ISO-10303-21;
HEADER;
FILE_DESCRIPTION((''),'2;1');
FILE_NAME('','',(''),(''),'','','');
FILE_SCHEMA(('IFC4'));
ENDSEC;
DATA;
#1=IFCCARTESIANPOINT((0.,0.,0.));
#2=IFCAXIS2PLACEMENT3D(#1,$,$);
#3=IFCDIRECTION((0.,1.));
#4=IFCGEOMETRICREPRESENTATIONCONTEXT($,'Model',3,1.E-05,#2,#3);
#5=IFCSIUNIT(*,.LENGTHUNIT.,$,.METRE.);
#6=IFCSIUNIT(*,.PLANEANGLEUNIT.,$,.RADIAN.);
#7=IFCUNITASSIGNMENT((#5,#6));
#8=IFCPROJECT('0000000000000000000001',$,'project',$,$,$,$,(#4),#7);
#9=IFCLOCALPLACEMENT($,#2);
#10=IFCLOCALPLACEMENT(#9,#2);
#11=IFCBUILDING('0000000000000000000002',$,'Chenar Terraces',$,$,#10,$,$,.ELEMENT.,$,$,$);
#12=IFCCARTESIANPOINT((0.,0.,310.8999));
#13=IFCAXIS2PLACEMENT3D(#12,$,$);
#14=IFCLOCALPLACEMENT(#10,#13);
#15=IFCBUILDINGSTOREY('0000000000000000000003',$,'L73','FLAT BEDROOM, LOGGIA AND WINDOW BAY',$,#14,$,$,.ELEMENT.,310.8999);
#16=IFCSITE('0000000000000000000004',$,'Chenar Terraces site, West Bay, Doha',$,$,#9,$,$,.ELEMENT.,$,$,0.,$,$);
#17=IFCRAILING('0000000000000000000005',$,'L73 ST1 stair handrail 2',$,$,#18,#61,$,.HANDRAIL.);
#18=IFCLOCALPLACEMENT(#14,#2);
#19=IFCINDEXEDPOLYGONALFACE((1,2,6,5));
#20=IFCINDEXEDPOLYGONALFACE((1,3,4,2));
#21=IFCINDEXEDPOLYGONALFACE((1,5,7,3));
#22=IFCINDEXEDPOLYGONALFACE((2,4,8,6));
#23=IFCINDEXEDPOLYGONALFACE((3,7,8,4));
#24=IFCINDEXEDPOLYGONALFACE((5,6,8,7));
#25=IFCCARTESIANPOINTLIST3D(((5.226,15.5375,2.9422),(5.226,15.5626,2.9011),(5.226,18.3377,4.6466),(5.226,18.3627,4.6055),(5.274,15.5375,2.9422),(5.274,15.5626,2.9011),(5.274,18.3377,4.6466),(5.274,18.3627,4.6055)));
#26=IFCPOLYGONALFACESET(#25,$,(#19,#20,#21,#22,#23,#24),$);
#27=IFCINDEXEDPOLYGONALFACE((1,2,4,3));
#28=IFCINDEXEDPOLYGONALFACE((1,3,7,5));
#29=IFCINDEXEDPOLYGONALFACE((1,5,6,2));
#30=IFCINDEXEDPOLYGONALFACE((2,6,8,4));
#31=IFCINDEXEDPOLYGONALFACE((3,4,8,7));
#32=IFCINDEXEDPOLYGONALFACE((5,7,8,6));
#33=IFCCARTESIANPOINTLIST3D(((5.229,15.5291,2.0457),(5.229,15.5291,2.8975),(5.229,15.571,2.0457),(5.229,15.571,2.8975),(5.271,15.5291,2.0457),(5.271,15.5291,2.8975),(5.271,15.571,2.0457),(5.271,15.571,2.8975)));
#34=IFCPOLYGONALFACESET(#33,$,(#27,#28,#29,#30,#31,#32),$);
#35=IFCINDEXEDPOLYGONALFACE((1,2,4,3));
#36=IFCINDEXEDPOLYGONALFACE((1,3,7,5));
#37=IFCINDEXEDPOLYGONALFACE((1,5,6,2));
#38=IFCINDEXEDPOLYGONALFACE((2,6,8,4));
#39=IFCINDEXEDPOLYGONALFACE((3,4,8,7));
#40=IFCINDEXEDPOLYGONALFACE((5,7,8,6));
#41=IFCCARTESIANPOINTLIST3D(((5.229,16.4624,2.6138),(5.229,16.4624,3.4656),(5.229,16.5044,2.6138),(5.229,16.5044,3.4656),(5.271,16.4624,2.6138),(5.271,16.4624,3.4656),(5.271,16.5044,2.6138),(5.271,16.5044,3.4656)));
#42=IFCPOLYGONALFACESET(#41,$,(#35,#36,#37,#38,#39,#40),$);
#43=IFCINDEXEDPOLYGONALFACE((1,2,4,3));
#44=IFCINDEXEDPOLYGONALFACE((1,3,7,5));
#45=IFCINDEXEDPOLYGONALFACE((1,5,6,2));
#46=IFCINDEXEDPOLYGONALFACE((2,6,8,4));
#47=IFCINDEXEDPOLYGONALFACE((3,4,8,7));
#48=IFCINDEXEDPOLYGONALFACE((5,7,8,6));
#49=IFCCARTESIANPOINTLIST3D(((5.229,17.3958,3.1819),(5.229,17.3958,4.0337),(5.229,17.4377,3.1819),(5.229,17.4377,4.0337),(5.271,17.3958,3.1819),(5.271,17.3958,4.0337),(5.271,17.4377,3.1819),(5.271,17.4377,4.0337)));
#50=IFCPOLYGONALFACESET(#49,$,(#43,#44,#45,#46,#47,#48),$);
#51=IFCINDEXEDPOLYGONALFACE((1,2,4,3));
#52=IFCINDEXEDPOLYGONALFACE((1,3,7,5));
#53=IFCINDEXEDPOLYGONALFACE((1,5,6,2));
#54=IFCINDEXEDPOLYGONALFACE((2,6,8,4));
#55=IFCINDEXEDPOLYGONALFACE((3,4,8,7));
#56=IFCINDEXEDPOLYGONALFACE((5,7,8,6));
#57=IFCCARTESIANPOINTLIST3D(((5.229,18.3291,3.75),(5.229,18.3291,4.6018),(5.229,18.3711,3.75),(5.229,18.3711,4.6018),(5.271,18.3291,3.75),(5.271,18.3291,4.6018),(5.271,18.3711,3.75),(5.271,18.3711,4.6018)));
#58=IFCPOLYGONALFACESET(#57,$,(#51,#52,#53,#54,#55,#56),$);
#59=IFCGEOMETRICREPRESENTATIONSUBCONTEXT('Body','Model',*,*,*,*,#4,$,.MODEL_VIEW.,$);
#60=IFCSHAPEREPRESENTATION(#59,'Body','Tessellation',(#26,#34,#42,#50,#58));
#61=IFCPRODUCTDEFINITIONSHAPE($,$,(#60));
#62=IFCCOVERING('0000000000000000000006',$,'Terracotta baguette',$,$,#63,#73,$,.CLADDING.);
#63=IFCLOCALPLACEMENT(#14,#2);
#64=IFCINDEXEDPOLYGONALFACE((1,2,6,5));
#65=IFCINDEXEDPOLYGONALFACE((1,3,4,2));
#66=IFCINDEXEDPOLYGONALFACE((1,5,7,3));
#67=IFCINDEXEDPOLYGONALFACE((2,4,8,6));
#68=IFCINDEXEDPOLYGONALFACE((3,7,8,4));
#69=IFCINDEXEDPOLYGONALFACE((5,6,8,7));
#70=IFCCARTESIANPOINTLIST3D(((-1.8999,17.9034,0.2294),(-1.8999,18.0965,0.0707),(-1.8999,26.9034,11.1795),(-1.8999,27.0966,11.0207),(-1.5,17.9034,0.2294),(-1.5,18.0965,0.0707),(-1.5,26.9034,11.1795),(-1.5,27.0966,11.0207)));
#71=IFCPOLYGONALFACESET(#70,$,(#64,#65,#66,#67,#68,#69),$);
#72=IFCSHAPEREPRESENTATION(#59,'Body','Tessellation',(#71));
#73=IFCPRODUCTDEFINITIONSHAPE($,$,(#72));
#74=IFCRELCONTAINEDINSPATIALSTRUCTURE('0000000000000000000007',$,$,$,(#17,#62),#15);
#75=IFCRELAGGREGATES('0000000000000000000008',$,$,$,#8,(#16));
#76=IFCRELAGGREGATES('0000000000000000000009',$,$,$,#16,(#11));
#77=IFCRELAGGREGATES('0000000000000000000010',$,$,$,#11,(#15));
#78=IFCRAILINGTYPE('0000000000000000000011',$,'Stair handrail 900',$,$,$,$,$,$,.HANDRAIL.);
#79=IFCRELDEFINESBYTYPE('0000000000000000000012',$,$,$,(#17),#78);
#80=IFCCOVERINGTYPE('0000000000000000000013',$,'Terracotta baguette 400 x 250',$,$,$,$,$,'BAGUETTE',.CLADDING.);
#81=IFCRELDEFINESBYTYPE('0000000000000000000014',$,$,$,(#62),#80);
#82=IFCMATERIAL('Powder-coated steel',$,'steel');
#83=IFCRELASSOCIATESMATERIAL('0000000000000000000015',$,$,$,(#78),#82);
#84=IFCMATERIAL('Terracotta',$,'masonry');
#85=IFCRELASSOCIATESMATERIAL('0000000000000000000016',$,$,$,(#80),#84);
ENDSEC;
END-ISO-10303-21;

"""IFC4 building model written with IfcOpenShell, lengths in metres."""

from ifc_helpers import new_model, si_unit, direction, frame, origin, origin_2d, place, context, subcontext, project, spatial, rectangle, extrude, material, material_profile, profile_set, type_object, element, save


model = new_model("IFC4")

# Units and contexts
model_context = context("Model", 3, precision=1e-05, world=origin(), true_north=direction((0.0, 1.0)))
body_context = subcontext(model_context, "Body", "Model", "MODEL_VIEW")
ifc_project = project(units=[si_unit("LENGTHUNIT", "METRE"), si_unit("PLANEANGLEUNIT", "RADIAN")], contexts=[model_context])

# Site, building, storey
site_placement = place(None, origin())
site = spatial("IfcSite", under=ifc_project, at=site_placement, Name="Chenar Terraces site, West Bay, Doha", CompositionType="ELEMENT", RefElevation=0.0)
building_placement = place(site_placement, origin())
building = spatial("IfcBuilding", under=site, at=building_placement, Name="Chenar Terraces", CompositionType="ELEMENT")
storey_placement = place(building_placement, frame((0.0, 0.0, 310.8999)))
storey = spatial("IfcBuildingStorey", under=building, at=storey_placement, Name="L73", Description="FLAT BEDROOM, LOGGIA AND WINDOW BAY", CompositionType="ELEMENT", Elevation=310.8999)

# Railing
ifc_material_1 = material(Name="Powder-coated steel", Category="steel")
railing_type_1 = type_object("IfcRailingType", Name="Stair handrail 900", PredefinedType="HANDRAIL", material=ifc_material_1)
railing_1_placement = place(storey_placement, frame((5.25, 15.55, 2.0457)))
element("IfcRailing", 1, at=railing_1_placement, inside=storey, type_object=railing_type_1, Name="L73 ST1 stair handrail 2", PredefinedType="HANDRAIL", context=body_context, shape_type="SweptSolid", body=[
    extrude(rectangle(XDim=0.0481, YDim=0.0481, at=origin_2d()), frame((0.0, 0.0, 0.876), z_axis=(0.0, 0.854203, 0.51994), x_axis=(-1.0, 0.0, 0.0)), (0.0, 0.0, 1.0), 3.2781),
    extrude(rectangle(XDim=0.042, YDim=0.042, at=origin_2d()), origin(), (0.0, 0.0, 1.0), 0.8518),
    extrude(rectangle(XDim=0.042, YDim=0.042, at=origin_2d()), frame((0.0, 0.9333, 0.5681)), (0.0, 0.0, 1.0), 0.8518),
    extrude(rectangle(XDim=0.042, YDim=0.042, at=origin_2d()), frame((0.0, 1.8667, 1.1362)), (0.0, 0.0, 1.0), 0.8518),
    extrude(rectangle(XDim=0.042, YDim=0.042, at=origin_2d()), frame((0.0, 2.8, 1.7043)), (0.0, 0.0, 1.0), 0.8518),
])

# Covering
ifc_material_2 = material(Name="Terracotta", Category="masonry")
ifc_material_profile_1 = material_profile(ifc_material_2, rectangle(XDim=0.3999, YDim=0.25, at=origin_2d()), Name="Terracotta baguette 400 x 250")
ifc_profile_set_1 = profile_set([ifc_material_profile_1], Name="Terracotta")
covering_type = type_object("IfcCoveringType", Name="Terracotta baguette 400 x 250", ElementType="BAGUETTE", PredefinedType="CLADDING", material=ifc_profile_set_1)
covering_placement = place(storey_placement, frame((-1.7, 27.0, 11.1001), z_axis=(0.0, -0.634967, -0.772539), x_axis=(1.0, 0.0, 0.0)))
element("IfcCovering", 2, at=covering_placement, inside=storey, type_object=covering_type, Name="Terracotta baguette", PredefinedType="CLADDING", context=body_context, shape_type="SweptSolid", body=[
    extrude(rectangle(XDim=0.3999, YDim=0.25, at=origin_2d()), origin(), (0.0, 0.0, 1.0), 14.1741),
])

save(model, "model.ifc")
